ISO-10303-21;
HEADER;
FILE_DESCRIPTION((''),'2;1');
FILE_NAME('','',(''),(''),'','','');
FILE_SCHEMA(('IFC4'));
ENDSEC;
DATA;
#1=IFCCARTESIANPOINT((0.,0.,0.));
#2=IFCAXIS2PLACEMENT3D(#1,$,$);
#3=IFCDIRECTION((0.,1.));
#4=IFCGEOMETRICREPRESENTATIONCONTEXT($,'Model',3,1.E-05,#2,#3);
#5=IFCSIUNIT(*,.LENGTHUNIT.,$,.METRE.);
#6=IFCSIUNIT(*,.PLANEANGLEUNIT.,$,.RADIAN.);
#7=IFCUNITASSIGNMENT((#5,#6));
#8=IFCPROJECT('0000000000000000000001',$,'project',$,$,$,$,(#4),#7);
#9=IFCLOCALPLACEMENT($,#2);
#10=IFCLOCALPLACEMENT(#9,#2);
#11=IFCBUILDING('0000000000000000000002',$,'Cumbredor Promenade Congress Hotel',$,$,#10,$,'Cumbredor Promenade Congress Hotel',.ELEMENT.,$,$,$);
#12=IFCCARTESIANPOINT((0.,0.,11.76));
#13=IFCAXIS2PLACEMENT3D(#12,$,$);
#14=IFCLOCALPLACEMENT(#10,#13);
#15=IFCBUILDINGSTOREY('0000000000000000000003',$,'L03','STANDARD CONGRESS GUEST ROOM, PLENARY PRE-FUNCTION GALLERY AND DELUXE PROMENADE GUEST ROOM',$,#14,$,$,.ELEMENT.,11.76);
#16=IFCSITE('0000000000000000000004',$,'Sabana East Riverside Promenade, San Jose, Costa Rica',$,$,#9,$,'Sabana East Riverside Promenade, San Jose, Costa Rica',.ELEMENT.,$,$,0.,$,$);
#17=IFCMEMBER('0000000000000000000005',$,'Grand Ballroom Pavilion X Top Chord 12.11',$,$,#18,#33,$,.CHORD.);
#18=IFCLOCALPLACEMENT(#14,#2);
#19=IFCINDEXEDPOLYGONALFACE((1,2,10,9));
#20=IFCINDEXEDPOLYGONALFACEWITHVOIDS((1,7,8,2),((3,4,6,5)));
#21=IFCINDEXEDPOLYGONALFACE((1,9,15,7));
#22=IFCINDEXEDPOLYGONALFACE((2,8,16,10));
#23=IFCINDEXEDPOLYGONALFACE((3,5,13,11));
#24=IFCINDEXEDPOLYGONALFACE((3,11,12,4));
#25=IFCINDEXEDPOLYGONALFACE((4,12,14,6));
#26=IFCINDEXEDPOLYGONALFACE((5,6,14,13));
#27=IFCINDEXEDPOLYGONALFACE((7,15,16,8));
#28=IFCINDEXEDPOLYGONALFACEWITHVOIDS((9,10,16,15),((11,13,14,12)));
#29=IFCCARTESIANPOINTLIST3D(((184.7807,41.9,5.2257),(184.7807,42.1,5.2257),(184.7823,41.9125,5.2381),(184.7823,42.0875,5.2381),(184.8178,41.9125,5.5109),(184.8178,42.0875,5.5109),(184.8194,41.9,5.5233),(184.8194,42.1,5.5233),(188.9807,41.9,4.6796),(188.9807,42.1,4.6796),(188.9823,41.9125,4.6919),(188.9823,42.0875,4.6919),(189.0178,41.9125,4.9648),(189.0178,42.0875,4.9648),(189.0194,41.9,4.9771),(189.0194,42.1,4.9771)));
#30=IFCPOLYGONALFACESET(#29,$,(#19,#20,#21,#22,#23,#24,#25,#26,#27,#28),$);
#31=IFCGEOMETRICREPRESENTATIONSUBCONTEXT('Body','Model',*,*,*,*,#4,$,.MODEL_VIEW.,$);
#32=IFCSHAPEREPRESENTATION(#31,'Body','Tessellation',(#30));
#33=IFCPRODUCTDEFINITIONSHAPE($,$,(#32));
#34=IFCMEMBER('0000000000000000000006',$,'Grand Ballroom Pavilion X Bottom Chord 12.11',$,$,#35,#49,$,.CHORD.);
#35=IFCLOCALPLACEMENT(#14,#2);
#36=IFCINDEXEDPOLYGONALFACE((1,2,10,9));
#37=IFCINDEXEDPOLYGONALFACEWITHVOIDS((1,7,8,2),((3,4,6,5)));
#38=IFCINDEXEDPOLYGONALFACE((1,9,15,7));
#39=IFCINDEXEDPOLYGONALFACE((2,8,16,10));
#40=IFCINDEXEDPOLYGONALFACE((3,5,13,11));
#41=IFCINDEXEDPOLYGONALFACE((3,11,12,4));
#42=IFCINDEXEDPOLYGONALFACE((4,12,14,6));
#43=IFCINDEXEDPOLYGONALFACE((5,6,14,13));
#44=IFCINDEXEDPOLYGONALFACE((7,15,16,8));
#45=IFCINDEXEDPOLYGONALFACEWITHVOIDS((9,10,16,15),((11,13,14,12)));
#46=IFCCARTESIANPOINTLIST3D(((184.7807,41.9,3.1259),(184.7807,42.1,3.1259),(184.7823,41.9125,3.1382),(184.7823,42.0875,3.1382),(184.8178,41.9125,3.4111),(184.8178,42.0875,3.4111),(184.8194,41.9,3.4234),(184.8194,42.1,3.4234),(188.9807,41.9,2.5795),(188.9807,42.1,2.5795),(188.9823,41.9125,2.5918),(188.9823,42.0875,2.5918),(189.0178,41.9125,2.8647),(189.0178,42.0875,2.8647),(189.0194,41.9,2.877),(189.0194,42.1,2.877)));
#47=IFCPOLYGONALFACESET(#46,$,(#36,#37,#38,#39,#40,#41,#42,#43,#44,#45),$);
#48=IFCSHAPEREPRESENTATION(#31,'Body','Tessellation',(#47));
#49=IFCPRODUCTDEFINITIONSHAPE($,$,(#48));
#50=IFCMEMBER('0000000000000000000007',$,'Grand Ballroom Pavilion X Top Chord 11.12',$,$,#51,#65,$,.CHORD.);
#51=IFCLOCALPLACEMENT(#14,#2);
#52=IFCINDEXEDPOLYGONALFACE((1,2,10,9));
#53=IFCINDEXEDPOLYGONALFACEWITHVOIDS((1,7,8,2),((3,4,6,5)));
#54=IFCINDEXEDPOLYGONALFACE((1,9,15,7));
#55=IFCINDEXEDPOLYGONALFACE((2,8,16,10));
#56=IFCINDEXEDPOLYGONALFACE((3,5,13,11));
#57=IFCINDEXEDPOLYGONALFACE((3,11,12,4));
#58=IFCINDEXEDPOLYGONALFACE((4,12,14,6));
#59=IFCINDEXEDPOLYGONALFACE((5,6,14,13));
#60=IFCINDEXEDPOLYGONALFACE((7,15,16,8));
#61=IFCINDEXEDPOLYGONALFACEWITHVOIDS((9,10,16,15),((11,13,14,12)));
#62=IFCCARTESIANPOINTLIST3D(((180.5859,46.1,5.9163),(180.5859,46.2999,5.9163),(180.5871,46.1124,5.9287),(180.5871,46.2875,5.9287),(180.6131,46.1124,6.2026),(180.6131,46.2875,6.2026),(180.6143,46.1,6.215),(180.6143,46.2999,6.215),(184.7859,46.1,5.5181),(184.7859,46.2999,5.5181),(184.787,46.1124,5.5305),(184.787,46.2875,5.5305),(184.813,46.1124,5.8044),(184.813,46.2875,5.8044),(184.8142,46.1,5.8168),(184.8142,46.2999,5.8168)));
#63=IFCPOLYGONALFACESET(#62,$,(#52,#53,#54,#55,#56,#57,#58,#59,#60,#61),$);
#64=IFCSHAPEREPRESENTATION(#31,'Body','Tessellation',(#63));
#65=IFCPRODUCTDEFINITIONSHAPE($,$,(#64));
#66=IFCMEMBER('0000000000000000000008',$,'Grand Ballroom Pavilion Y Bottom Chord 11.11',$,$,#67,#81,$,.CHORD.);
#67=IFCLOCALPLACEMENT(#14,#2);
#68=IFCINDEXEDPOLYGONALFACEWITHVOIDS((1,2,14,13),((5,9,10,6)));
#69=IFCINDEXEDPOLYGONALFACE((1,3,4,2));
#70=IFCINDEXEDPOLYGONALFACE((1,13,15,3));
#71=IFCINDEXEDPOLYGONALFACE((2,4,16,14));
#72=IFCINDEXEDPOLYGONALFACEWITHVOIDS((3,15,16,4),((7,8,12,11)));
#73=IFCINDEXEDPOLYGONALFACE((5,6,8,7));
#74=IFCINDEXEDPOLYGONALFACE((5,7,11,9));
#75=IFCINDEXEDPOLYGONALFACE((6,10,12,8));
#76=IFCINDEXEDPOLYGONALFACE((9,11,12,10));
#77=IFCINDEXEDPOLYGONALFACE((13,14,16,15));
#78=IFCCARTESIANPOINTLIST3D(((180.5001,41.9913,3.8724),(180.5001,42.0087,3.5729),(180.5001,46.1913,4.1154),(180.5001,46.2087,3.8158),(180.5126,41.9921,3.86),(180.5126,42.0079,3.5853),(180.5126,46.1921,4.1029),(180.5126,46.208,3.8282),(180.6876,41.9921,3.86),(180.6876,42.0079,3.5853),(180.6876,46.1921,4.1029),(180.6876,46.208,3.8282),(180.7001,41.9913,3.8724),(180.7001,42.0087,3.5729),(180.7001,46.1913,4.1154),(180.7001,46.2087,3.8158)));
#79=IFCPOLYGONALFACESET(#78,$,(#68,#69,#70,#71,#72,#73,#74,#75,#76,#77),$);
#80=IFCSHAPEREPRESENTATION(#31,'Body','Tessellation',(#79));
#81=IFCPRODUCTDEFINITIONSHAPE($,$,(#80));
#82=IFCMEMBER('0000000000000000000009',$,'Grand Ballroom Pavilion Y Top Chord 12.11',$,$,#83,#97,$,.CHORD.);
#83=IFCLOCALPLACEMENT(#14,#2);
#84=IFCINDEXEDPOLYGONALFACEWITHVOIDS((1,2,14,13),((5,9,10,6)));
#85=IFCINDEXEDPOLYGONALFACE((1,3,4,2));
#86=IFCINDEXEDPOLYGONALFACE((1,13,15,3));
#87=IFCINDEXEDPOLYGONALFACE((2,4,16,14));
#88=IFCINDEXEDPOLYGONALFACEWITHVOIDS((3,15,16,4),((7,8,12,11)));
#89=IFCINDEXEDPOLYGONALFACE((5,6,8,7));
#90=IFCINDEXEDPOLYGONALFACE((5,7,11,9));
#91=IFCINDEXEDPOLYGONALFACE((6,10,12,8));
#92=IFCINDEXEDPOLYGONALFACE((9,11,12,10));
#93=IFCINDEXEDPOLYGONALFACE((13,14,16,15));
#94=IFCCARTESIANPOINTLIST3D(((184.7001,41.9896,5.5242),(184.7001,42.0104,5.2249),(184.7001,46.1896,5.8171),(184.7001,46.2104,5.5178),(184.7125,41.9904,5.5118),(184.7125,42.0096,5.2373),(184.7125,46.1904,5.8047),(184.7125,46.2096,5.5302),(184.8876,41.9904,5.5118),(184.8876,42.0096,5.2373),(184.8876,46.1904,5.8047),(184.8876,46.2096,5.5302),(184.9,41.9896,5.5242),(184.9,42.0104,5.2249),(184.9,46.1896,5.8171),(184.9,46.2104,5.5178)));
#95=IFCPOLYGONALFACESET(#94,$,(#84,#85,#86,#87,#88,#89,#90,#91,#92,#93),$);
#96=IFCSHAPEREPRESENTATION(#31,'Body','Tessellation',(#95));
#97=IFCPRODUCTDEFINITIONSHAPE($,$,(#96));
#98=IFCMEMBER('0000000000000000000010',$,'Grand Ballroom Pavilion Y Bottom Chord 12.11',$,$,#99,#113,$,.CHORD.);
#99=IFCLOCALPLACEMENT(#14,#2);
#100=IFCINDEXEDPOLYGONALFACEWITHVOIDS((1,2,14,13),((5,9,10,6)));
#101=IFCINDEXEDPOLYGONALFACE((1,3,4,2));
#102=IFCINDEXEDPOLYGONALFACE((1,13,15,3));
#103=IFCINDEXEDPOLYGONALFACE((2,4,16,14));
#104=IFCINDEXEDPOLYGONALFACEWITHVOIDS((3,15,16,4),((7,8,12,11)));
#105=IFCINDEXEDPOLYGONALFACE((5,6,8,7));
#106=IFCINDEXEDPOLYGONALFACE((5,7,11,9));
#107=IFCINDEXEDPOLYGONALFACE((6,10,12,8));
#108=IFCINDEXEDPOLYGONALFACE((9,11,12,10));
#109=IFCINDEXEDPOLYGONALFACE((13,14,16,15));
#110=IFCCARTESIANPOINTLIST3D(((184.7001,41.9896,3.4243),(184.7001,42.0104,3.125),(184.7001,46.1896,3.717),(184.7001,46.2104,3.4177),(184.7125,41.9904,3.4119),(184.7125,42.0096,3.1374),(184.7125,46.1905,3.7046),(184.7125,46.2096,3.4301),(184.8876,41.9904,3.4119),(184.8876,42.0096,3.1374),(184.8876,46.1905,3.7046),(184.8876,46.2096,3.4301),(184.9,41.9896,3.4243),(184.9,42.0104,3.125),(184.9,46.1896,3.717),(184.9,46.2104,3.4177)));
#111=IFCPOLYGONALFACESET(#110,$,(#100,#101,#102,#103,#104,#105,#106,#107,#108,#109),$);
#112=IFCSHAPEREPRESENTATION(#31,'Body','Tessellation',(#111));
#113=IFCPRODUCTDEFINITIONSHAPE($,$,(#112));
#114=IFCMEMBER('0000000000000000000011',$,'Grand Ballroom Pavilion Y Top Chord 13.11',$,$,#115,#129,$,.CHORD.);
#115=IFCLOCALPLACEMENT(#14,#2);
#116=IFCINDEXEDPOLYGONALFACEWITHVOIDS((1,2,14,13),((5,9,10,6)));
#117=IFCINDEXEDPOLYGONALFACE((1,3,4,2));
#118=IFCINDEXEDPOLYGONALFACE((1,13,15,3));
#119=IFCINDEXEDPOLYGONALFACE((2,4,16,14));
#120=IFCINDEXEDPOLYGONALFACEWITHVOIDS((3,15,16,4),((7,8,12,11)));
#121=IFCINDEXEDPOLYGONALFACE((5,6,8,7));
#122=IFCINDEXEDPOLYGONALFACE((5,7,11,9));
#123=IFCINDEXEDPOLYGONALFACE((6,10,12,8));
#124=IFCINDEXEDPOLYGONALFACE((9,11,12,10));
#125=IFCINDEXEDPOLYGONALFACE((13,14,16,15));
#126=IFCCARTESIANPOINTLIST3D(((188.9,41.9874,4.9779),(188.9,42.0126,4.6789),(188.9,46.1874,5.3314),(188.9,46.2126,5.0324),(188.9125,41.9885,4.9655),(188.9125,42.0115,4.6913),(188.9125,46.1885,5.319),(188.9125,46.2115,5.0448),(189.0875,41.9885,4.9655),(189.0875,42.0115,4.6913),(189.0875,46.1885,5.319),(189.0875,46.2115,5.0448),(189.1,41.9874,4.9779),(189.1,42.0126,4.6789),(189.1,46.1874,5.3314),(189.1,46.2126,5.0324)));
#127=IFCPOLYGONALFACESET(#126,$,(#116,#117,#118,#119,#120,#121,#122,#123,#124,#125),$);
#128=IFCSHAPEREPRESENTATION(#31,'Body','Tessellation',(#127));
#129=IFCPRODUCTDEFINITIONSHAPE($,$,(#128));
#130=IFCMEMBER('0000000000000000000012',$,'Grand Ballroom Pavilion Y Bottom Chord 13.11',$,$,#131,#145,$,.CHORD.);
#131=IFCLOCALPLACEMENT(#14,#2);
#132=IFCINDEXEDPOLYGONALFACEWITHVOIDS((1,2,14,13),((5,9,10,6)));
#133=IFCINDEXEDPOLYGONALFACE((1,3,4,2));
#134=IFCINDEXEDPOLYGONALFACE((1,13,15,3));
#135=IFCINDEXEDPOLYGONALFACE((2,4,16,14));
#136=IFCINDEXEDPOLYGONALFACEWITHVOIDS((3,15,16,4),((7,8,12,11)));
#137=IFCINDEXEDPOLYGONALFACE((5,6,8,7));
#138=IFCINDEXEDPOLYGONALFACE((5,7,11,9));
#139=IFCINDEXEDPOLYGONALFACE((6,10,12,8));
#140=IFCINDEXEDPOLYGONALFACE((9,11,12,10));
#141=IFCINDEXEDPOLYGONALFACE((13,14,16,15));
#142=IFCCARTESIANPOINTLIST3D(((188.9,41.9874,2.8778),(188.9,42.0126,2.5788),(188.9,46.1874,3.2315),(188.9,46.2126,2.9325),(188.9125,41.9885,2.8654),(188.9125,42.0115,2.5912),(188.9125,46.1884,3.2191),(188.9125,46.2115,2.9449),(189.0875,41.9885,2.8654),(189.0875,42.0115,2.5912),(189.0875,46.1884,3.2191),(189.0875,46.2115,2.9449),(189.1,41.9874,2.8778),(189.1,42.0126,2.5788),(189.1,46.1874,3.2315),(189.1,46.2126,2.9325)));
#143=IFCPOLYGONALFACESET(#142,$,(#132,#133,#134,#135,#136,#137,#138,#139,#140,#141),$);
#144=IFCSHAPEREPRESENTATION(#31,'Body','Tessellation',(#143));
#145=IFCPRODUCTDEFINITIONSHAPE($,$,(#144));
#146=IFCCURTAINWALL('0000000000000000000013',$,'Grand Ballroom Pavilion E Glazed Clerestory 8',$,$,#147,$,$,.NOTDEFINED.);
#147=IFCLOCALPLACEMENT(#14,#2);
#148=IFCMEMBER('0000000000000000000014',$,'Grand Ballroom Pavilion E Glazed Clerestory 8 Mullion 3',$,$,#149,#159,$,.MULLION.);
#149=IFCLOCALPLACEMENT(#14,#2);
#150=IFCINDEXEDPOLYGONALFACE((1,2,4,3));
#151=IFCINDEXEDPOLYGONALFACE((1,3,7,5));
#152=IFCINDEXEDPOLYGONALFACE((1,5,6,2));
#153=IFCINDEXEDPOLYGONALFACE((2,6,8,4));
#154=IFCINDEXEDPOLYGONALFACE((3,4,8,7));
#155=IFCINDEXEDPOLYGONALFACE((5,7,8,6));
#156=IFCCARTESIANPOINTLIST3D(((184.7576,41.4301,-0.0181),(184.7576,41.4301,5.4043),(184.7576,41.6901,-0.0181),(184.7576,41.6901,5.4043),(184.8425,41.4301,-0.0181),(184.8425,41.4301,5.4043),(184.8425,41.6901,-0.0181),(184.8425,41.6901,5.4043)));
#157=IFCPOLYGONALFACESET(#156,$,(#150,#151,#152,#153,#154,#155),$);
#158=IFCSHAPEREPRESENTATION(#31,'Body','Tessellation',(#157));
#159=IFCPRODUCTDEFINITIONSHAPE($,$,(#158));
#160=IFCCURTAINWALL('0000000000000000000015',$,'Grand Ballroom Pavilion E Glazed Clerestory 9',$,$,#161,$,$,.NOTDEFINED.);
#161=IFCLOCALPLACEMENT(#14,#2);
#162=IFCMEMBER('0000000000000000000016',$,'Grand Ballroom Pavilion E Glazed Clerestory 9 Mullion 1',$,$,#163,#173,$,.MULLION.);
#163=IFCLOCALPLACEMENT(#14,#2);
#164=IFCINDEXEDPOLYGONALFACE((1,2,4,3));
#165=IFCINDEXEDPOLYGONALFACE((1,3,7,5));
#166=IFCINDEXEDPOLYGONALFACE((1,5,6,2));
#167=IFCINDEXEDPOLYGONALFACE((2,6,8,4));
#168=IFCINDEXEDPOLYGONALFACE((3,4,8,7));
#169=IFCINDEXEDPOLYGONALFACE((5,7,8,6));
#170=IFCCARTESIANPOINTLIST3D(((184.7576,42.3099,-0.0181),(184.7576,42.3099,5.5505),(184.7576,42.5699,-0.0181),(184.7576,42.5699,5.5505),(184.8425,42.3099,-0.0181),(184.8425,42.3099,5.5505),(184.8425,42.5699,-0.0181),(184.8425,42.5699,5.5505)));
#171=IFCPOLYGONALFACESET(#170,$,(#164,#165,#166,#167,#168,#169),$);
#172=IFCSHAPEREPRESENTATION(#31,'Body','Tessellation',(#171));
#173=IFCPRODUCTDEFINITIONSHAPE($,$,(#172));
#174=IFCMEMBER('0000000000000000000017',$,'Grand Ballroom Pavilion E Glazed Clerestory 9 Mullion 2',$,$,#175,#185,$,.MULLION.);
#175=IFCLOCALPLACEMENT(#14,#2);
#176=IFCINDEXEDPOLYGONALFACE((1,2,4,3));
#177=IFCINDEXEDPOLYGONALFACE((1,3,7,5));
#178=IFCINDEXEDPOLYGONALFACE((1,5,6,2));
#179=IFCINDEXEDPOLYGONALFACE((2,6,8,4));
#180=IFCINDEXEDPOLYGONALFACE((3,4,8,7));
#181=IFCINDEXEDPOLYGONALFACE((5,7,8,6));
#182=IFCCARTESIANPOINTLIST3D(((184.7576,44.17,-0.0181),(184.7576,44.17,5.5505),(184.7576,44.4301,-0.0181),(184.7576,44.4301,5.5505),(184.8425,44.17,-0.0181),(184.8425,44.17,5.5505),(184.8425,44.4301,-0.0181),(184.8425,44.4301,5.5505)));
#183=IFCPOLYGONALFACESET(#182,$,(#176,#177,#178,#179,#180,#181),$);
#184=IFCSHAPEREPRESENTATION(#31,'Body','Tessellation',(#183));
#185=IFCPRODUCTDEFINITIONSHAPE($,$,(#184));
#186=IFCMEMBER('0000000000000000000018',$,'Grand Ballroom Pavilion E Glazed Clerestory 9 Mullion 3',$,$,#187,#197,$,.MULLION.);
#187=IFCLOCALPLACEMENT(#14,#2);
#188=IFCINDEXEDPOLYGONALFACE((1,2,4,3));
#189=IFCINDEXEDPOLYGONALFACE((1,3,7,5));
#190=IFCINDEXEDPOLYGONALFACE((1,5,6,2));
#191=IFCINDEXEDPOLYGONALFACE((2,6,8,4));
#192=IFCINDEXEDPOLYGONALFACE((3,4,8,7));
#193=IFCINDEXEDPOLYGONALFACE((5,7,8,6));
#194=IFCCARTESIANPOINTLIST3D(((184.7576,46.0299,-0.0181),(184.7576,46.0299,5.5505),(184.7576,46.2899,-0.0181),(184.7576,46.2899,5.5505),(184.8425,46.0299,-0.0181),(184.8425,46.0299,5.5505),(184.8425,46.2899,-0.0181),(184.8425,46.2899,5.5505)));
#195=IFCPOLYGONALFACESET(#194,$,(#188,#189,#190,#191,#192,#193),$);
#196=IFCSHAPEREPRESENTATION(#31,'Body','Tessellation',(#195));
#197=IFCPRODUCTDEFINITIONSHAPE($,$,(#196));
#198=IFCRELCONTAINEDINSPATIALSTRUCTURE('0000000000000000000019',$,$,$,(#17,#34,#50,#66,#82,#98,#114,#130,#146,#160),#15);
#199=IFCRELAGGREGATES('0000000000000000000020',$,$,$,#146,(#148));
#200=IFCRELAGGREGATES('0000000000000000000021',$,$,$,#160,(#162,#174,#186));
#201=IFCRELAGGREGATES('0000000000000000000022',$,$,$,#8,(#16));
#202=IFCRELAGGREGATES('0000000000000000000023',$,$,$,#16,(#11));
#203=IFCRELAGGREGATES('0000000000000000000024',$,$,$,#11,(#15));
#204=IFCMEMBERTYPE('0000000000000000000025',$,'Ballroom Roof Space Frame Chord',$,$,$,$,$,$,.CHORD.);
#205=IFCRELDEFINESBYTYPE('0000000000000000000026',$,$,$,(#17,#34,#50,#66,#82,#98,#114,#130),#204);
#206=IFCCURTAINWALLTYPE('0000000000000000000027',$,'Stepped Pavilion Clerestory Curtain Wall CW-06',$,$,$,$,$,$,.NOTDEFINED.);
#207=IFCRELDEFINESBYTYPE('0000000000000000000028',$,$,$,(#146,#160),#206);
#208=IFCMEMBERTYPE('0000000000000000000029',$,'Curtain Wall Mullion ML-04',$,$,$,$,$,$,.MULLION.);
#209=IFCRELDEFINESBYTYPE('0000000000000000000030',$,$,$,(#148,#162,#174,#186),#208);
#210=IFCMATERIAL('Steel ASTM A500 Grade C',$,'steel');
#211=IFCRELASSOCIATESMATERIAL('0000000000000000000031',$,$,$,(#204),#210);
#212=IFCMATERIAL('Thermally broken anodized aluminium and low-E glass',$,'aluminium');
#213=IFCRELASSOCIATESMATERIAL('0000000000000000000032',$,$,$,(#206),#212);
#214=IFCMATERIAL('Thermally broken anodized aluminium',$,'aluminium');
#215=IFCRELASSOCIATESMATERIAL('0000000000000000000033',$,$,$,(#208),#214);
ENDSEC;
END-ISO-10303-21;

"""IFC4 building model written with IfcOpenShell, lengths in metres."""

from ifc_helpers import new_model, si_unit, direction, frame, origin, origin_2d, place, context, subcontext, project, spatial, rectangle, hollow_rectangle, extrude, material, material_profile, profile_set, type_object, element, aggregate, save


model = new_model("IFC4")

# Units and contexts
model_context = context("Model", 3, precision=1e-05, world=origin(), true_north=direction((0.0, 1.0)))
body_context = subcontext(model_context, "Body", "Model", "MODEL_VIEW")
ifc_project = project(units=[si_unit("LENGTHUNIT", "METRE"), si_unit("PLANEANGLEUNIT", "RADIAN")], contexts=[model_context])

# Site, building, storey
site_placement = place(None, origin())
site = spatial("IfcSite", under=ifc_project, at=site_placement, Name="Sabana East Riverside Promenade, San Jose, Costa Rica", LongName="Sabana East Riverside Promenade, San Jose, Costa Rica", CompositionType="ELEMENT", RefElevation=0.0)
building_placement = place(site_placement, origin())
building = spatial("IfcBuilding", under=site, at=building_placement, Name="Cumbredor Promenade Congress Hotel", LongName="Cumbredor Promenade Congress Hotel", CompositionType="ELEMENT")
storey_placement = place(building_placement, frame((0.0, 0.0, 11.76)))
storey = spatial("IfcBuildingStorey", under=building, at=storey_placement, Name="L03", Description="STANDARD CONGRESS GUEST ROOM, PLENARY PRE-FUNCTION GALLERY AND DELUXE PROMENADE GUEST ROOM", CompositionType="ELEMENT", Elevation=11.76)

# Members
ifc_material_1 = material(Name="Steel ASTM A500 Grade C", Category="steel")
ifc_material_profile_1 = material_profile(ifc_material_1, hollow_rectangle(XDim=0.2, YDim=0.3, WallThickness=0.0125, at=origin_2d()), Name="HSS 300x200x12.5")
ifc_profile_set_1 = profile_set([ifc_material_profile_1], Name="Steel ASTM A500 Grade C")
member_type_1 = type_object("IfcMemberType", Name="Ballroom Roof Space Frame Chord", PredefinedType="CHORD", material=ifc_profile_set_1)
for number, where, z_axis, x_axis, name in (
    (1, (184.8, 42.0, 5.3745), (0.991651, 0.0, -0.12895), (0.0, 1.0, 0.0), "Grand Ballroom Pavilion X Top Chord 12.11"),
    (2, (184.8, 42.0, 3.2747), (0.991644, 0.0, -0.129006), (0.0, 1.0, 0.0), "Grand Ballroom Pavilion X Bottom Chord 12.11"),
):
    element("IfcMember", number, at=place(storey_placement, frame(where, z_axis=z_axis, x_axis=x_axis)), inside=storey, type_object=member_type_1, Name=name, PredefinedType="CHORD", context=body_context, shape_type="SweptSolid", body=[
        extrude(hollow_rectangle(XDim=0.2, YDim=0.3, WallThickness=0.0125, at=origin_2d()), origin(), (0.0, 0.0, 1.0), 4.2354),
    ])
member_1_placement = place(storey_placement, frame((180.6001, 46.2, 6.0657), z_axis=(0.995536, 0.0, -0.094386), x_axis=(0.0, 1.0, 0.0)))
element("IfcMember", 3, at=member_1_placement, inside=storey, type_object=member_type_1, Name="Grand Ballroom Pavilion X Top Chord 11.12", PredefinedType="CHORD", context=body_context, shape_type="SweptSolid", body=[
    extrude(hollow_rectangle(XDim=0.2, YDim=0.3, WallThickness=0.0125, at=origin_2d()), origin(), (0.0, 0.0, 1.0), 4.2188),
])
member_2_placement = place(storey_placement, frame((180.6001, 42.0, 3.7227), z_axis=(0.0, 0.998332, 0.057742), x_axis=(-1.0, 0.0, 0.0)))
element("IfcMember", 4, at=member_2_placement, inside=storey, type_object=member_type_1, Name="Grand Ballroom Pavilion Y Bottom Chord 11.11", PredefinedType="CHORD", context=body_context, shape_type="SweptSolid", body=[
    extrude(hollow_rectangle(XDim=0.2, YDim=0.3, WallThickness=0.0125, at=origin_2d()), origin(), (0.0, 0.0, 1.0), 4.207),
])
for number, where, z_axis, x_axis, name in (
    (5, (184.8, 42.0, 5.3745), (0.0, 0.997576, 0.069586), (-1.0, 0.0, 0.0), "Grand Ballroom Pavilion Y Top Chord 12.11"),
    (6, (184.8, 42.0, 3.2747), (0.0, 0.99758, 0.069528), (-1.0, 0.0, 0.0), "Grand Ballroom Pavilion Y Bottom Chord 12.11"),
):
    element("IfcMember", number, at=place(storey_placement, frame(where, z_axis=z_axis, x_axis=x_axis)), inside=storey, type_object=member_type_1, Name=name, PredefinedType="CHORD", context=body_context, shape_type="SweptSolid", body=[
        extrude(hollow_rectangle(XDim=0.2, YDim=0.3, WallThickness=0.0125, at=origin_2d()), origin(), (0.0, 0.0, 1.0), 4.2102),
    ])
for number, where, z_axis, x_axis, name in (
    (7, (189.0, 42.0, 4.8284), (0.0, 0.996476, 0.083875), (-1.0, 0.0, 0.0), "Grand Ballroom Pavilion Y Top Chord 13.11"),
    (8, (189.0, 42.0, 2.7283), (0.0, 0.996471, 0.083932), (-1.0, 0.0, 0.0), "Grand Ballroom Pavilion Y Bottom Chord 13.11"),
):
    element("IfcMember", number, at=place(storey_placement, frame(where, z_axis=z_axis, x_axis=x_axis)), inside=storey, type_object=member_type_1, Name=name, PredefinedType="CHORD", context=body_context, shape_type="SweptSolid", body=[
        extrude(hollow_rectangle(XDim=0.2, YDim=0.3, WallThickness=0.0125, at=origin_2d()), origin(), (0.0, 0.0, 1.0), 4.2148),
    ])

# Curtain wall, member
ifc_material_2 = material(Name="Thermally broken anodized aluminium and low-E glass", Category="aluminium")
curtain_wall_type = type_object("IfcCurtainWallType", Name="Stepped Pavilion Clerestory Curtain Wall CW-06", PredefinedType="NOTDEFINED", material=ifc_material_2)
curtain_wall_1_placement = place(storey_placement, origin())
curtain_wall_1 = element("IfcCurtainWall", 9, at=curtain_wall_1_placement, inside=storey, type_object=curtain_wall_type, Name="Grand Ballroom Pavilion E Glazed Clerestory 8", PredefinedType="NOTDEFINED")
ifc_material_3 = material(Name="Thermally broken anodized aluminium", Category="aluminium")
ifc_material_profile_2 = material_profile(ifc_material_3, rectangle(XDim=0.085, YDim=0.26, at=origin_2d()), Name="ALU MULLION CLERESTORY 85x260")
ifc_profile_set_2 = profile_set([ifc_material_profile_2], Name="Thermally broken anodized aluminium")
member_type_2 = type_object("IfcMemberType", Name="Curtain Wall Mullion ML-04", PredefinedType="MULLION", material=ifc_profile_set_2)
member_3_placement = place(storey_placement, frame((184.8, 41.5601, -0.0181), z_axis=(0.0, 0.0, 1.0), x_axis=(1.0, 0.0, 0.0)))
member_3 = element("IfcMember", 10, at=member_3_placement, type_object=member_type_2, Name="Grand Ballroom Pavilion E Glazed Clerestory 8 Mullion 3", PredefinedType="MULLION", context=body_context, shape_type="SweptSolid", body=[
    extrude(rectangle(XDim=0.085, YDim=0.26, at=origin_2d()), origin(), (0.0, 0.0, 1.0), 5.4224),
])

# Curtain wall, members
curtain_wall_2_placement = place(storey_placement, origin())
curtain_wall_2 = element("IfcCurtainWall", 11, at=curtain_wall_2_placement, inside=storey, type_object=curtain_wall_type, Name="Grand Ballroom Pavilion E Glazed Clerestory 9", PredefinedType="NOTDEFINED")
member_4_placement = place(storey_placement, frame((184.8, 42.4399, -0.0181), z_axis=(0.0, 0.0, 1.0), x_axis=(1.0, 0.0, 0.0)))
member_4 = element("IfcMember", 12, at=member_4_placement, type_object=member_type_2, Name="Grand Ballroom Pavilion E Glazed Clerestory 9 Mullion 1", PredefinedType="MULLION", context=body_context, shape_type="SweptSolid", body=[
    extrude(rectangle(XDim=0.085, YDim=0.26, at=origin_2d()), origin(), (0.0, 0.0, 1.0), 5.5686),
])
member_5_placement = place(storey_placement, frame((184.8, 44.3, -0.0181), z_axis=(0.0, 0.0, 1.0), x_axis=(1.0, 0.0, 0.0)))
member_5 = element("IfcMember", 13, at=member_5_placement, type_object=member_type_2, Name="Grand Ballroom Pavilion E Glazed Clerestory 9 Mullion 2", PredefinedType="MULLION", context=body_context, shape_type="SweptSolid", body=[
    extrude(rectangle(XDim=0.085, YDim=0.26, at=origin_2d()), origin(), (0.0, 0.0, 1.0), 5.5686),
])
member_6_placement = place(storey_placement, frame((184.8, 46.1599, -0.0181), z_axis=(0.0, 0.0, 1.0), x_axis=(1.0, 0.0, 0.0)))
member_6 = element("IfcMember", 14, at=member_6_placement, type_object=member_type_2, Name="Grand Ballroom Pavilion E Glazed Clerestory 9 Mullion 3", PredefinedType="MULLION", context=body_context, shape_type="SweptSolid", body=[
    extrude(rectangle(XDim=0.085, YDim=0.26, at=origin_2d()), origin(), (0.0, 0.0, 1.0), 5.5686),
])

aggregate(curtain_wall_1, [member_3])
aggregate(curtain_wall_2, [member_4, member_5, member_6])

save(model, "model.ifc")
